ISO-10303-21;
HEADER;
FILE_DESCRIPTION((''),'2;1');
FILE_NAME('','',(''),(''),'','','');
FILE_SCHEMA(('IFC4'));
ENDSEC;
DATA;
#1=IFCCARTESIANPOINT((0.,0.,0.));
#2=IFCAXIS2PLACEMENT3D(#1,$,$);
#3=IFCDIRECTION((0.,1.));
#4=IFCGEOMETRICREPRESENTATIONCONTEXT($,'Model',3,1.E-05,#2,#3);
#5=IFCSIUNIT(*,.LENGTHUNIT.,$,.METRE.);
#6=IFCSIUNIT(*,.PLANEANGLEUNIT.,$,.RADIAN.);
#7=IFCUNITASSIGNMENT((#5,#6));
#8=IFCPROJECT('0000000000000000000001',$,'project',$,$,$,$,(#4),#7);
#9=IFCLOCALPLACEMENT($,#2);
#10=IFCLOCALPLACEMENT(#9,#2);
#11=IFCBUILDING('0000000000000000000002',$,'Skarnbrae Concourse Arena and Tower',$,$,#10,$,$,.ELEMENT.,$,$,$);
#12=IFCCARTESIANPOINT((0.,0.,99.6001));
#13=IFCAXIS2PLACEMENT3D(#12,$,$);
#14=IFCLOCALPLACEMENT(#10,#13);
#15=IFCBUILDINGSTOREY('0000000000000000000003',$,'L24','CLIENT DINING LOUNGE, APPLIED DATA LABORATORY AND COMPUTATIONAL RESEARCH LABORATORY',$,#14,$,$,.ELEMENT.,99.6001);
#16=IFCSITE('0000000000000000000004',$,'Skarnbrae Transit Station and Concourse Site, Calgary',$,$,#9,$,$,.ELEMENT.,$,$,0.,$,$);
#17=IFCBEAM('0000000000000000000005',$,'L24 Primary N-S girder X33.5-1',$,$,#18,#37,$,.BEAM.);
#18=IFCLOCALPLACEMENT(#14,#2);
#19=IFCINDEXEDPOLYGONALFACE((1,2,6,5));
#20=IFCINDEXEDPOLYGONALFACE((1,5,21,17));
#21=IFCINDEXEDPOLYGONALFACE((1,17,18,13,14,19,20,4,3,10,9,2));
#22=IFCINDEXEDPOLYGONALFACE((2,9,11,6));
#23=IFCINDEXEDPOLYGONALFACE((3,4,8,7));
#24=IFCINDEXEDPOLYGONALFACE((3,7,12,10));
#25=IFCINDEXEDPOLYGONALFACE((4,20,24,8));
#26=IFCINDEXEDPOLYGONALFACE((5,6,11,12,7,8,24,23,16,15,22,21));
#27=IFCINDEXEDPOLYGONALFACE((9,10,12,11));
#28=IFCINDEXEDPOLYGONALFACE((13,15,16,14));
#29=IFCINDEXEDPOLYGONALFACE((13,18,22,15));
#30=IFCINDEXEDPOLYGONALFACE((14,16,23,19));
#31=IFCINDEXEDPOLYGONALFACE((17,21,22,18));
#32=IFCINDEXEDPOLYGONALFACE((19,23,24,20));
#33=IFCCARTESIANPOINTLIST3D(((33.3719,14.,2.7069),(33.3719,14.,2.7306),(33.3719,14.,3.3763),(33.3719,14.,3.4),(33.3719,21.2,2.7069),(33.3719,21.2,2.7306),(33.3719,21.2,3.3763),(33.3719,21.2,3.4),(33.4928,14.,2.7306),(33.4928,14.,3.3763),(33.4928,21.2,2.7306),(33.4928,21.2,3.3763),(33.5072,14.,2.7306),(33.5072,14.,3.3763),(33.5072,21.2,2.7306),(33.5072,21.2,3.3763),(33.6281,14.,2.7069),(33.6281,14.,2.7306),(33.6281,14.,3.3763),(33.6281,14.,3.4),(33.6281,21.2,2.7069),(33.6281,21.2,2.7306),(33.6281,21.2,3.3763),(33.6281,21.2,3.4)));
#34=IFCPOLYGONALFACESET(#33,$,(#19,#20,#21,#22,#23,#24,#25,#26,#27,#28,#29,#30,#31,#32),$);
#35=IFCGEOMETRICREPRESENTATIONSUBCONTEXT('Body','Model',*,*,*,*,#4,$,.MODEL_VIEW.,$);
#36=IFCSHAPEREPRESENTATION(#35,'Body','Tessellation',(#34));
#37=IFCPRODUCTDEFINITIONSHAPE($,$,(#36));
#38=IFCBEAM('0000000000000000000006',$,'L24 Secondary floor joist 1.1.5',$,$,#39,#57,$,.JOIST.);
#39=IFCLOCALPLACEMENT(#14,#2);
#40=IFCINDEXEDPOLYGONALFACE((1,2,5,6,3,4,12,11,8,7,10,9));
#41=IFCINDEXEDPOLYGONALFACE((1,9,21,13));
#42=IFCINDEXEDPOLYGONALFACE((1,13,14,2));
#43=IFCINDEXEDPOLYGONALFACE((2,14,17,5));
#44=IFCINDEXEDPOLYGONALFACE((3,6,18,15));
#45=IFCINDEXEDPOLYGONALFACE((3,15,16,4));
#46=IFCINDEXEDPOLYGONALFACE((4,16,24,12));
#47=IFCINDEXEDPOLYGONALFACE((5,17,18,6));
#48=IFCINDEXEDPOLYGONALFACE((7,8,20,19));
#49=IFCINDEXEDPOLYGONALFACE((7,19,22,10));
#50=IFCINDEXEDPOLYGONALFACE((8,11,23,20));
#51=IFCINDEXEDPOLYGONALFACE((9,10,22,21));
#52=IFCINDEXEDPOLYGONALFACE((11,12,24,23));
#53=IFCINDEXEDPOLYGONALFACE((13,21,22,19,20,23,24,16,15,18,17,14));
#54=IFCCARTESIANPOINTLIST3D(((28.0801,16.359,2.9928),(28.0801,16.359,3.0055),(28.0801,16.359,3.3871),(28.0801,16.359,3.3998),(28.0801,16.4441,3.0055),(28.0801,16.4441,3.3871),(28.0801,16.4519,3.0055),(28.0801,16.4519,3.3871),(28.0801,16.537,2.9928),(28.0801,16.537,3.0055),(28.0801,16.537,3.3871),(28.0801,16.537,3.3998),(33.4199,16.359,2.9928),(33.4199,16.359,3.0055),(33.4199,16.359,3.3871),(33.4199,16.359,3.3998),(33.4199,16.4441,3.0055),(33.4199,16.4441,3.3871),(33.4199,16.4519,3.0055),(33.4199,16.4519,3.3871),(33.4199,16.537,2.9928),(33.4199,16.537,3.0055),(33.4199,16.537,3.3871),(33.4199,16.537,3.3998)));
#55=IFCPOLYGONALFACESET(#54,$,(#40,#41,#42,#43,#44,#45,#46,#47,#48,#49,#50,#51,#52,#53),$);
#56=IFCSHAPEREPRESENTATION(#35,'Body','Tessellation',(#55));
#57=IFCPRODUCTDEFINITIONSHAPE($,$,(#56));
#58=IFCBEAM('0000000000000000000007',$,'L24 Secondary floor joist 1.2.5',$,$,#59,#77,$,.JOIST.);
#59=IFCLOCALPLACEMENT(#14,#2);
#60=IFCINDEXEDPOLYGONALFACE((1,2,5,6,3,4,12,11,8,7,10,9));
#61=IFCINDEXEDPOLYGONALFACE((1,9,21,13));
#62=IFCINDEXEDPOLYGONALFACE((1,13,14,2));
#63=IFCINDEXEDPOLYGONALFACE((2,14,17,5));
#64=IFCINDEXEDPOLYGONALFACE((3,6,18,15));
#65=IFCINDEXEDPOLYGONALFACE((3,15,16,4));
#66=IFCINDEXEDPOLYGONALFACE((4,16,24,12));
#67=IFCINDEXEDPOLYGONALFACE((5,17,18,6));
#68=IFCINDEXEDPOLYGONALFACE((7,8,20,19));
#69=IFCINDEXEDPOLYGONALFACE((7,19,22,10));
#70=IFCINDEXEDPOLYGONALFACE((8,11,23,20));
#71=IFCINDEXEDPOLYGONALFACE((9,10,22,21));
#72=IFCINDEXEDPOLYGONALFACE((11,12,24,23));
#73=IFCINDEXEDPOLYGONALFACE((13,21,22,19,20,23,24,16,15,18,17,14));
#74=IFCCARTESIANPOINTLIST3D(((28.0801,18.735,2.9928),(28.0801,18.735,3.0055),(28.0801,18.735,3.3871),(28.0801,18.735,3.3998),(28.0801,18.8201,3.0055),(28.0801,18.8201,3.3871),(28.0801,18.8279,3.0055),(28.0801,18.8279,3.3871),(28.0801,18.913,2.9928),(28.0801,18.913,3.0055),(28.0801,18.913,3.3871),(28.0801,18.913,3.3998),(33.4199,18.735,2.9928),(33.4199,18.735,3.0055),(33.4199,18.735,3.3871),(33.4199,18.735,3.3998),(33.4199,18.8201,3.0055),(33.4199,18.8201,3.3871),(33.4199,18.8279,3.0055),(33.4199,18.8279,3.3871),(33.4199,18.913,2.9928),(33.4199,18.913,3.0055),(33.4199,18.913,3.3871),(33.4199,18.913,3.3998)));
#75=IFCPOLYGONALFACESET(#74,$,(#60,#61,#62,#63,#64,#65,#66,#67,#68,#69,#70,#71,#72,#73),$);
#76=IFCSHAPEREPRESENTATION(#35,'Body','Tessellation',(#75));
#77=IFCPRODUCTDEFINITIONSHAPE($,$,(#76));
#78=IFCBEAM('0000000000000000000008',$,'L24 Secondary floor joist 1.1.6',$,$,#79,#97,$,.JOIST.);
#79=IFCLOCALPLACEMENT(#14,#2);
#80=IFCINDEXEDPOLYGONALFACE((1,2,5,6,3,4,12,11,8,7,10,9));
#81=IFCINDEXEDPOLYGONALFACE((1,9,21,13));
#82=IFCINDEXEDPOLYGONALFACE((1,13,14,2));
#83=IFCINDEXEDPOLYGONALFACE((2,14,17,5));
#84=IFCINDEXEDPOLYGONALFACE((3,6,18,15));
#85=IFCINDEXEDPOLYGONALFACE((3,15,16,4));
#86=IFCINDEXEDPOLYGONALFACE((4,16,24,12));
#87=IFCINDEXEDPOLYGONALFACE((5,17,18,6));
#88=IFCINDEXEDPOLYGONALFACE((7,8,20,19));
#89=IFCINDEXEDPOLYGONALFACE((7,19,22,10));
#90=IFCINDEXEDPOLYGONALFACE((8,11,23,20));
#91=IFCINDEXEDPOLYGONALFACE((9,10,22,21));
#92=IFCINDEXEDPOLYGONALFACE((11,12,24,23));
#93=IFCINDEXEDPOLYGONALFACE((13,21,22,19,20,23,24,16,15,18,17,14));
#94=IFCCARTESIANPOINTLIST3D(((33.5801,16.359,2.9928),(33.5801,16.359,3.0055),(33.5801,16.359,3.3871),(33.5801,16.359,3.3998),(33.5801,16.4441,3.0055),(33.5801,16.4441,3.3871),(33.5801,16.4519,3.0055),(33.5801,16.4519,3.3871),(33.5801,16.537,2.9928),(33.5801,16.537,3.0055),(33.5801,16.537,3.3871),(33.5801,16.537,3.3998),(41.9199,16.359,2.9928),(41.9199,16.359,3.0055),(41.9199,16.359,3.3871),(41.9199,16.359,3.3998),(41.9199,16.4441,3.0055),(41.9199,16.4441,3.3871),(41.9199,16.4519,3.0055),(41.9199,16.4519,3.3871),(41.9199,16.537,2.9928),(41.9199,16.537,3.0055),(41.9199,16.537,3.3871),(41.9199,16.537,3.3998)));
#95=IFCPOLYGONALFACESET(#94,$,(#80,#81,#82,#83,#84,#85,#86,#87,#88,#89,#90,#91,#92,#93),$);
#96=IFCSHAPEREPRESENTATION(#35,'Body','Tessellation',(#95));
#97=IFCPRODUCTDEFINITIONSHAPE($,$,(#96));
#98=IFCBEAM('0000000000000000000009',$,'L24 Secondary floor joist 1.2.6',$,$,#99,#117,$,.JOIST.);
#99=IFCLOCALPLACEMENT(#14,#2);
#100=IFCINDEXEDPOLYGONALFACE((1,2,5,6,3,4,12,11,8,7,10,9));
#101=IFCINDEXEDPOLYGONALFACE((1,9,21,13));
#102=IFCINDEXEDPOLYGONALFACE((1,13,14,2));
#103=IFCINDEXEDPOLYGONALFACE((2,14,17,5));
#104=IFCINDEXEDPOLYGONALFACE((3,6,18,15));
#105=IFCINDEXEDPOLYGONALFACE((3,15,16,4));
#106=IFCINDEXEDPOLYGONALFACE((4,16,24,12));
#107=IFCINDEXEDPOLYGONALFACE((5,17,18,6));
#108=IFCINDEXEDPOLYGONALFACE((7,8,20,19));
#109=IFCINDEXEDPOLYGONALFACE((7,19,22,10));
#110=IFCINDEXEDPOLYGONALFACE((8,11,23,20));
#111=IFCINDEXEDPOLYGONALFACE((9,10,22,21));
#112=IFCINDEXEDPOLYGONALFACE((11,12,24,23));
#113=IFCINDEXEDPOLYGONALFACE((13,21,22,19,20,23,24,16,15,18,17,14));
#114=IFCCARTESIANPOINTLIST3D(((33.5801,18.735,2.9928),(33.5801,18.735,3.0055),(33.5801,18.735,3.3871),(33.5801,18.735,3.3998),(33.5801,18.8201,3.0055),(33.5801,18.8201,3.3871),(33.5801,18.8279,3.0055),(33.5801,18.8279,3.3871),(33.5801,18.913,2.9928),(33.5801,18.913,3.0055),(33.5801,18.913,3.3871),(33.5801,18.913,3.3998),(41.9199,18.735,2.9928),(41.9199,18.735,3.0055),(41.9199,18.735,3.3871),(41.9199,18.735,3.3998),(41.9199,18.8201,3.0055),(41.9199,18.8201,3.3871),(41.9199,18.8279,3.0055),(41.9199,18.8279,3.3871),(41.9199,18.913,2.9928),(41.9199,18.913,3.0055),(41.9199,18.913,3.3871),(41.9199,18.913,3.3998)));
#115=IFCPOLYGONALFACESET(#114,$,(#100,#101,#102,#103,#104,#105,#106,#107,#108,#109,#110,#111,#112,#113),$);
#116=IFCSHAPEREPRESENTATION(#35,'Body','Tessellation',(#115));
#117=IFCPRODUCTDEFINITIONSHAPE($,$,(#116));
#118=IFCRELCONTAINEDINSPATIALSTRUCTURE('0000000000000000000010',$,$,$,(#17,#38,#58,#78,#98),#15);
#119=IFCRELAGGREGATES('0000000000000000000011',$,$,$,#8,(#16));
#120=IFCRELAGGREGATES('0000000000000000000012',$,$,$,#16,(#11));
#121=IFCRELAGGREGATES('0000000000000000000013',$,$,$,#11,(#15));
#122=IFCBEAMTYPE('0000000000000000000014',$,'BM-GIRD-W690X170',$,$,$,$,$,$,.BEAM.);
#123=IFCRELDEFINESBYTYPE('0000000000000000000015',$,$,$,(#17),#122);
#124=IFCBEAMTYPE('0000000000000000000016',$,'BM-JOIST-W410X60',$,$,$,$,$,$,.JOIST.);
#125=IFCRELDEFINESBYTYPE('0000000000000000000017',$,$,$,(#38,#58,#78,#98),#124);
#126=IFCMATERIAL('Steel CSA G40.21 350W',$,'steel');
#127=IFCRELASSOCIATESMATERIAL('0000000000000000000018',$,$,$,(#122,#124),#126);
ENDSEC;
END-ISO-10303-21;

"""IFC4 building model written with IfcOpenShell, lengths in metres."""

from ifc_helpers import new_model, si_unit, direction, frame, origin, origin_2d, place, context, subcontext, project, spatial, i_section, extrude, source, transform, mapped, material, material_profile, profile_set, type_object, element, save


model = new_model("IFC4")

# Units and contexts
model_context = context("Model", 3, precision=1e-05, world=origin(), true_north=direction((0.0, 1.0)))
body_context = subcontext(model_context, "Body", "Model", "MODEL_VIEW")
ifc_project = project(units=[si_unit("LENGTHUNIT", "METRE"), si_unit("PLANEANGLEUNIT", "RADIAN")], contexts=[model_context])

# Site, building, storey
site_placement = place(None, origin())
site = spatial("IfcSite", under=ifc_project, at=site_placement, Name="Skarnbrae Transit Station and Concourse Site, Calgary", CompositionType="ELEMENT", RefElevation=0.0)
building_placement = place(site_placement, origin())
building = spatial("IfcBuilding", under=site, at=building_placement, Name="Skarnbrae Concourse Arena and Tower", CompositionType="ELEMENT")
storey_placement = place(building_placement, frame((0.0, 0.0, 99.6001)))
storey = spatial("IfcBuildingStorey", under=building, at=storey_placement, Name="L24", Description="CLIENT DINING LOUNGE, APPLIED DATA LABORATORY AND COMPUTATIONAL RESEARCH LABORATORY", CompositionType="ELEMENT", Elevation=99.6001)

# Shared definitions
ifc_material_1 = material(Name="Steel CSA G40.21 350W", Category="steel")

# Beams
ifc_material_profile_1 = material_profile(ifc_material_1, i_section(OverallWidth=0.2561, OverallDepth=0.6931, WebThickness=0.0144, FlangeThickness=0.0237, at=origin_2d()), Name="W690X170")
ifc_profile_set_1 = profile_set([ifc_material_profile_1], Name="Steel CSA G40.21 350W")
beam_type_1 = type_object("IfcBeamType", Name="BM-GIRD-W690X170", PredefinedType="BEAM", material=ifc_profile_set_1)
shared_shape_1 = source(origin(), body_context, "Body", "SweptSolid", [
    extrude(i_section(OverallWidth=0.2561, OverallDepth=0.6931, WebThickness=0.0144, FlangeThickness=0.0237, at=origin_2d()), origin(), (0.0, 0.0, 1.0), 7.2),
])
for number, where, z_axis, x_axis, name in (
    (1, (33.5, 14.0, 3.0535), (0.0, 1.0, 0.0), (-1.0, 0.0, 0.0), "L24 Primary N-S girder X33.5-1"),
):
    element("IfcBeam", number, at=place(storey_placement, frame(where, z_axis=z_axis, x_axis=x_axis)), inside=storey, type_object=beam_type_1, Name=name, PredefinedType="BEAM", context=body_context, shape_type="MappedRepresentation", body=[
        mapped(shared_shape_1, transform((0.0, 0.0, 0.0))),
    ])
ifc_material_profile_2 = material_profile(ifc_material_1, i_section(OverallWidth=0.178, OverallDepth=0.407, WebThickness=0.0078, FlangeThickness=0.0127, at=origin_2d()), Name="W410X60")
ifc_profile_set_2 = profile_set([ifc_material_profile_2], Name="Steel CSA G40.21 350W")
beam_type_2 = type_object("IfcBeamType", Name="BM-JOIST-W410X60", PredefinedType="JOIST", material=ifc_profile_set_2)
shared_shape_2 = source(origin(), body_context, "Body", "SweptSolid", [
    extrude(i_section(OverallWidth=0.178, OverallDepth=0.407, WebThickness=0.0078, FlangeThickness=0.0127, at=origin_2d()), origin(), (0.0, 0.0, 1.0), 5.3398),
])
for number, where, z_axis, x_axis, name in (
    (2, (28.0801, 16.448, 3.1963), (1.0, 0.0, 0.0), (0.0, 1.0, 0.0), "L24 Secondary floor joist 1.1.5"),
    (3, (28.0801, 18.824, 3.1963), (1.0, 0.0, 0.0), (0.0, 1.0, 0.0), "L24 Secondary floor joist 1.2.5"),
):
    element("IfcBeam", number, at=place(storey_placement, frame(where, z_axis=z_axis, x_axis=x_axis)), inside=storey, type_object=beam_type_2, Name=name, PredefinedType="JOIST", context=body_context, shape_type="MappedRepresentation", body=[
        mapped(shared_shape_2, transform((0.0, 0.0, 0.0))),
    ])
shared_shape_3 = source(origin(), body_context, "Body", "SweptSolid", [
    extrude(i_section(OverallWidth=0.178, OverallDepth=0.407, WebThickness=0.0078, FlangeThickness=0.0127, at=origin_2d()), origin(), (0.0, 0.0, 1.0), 8.3398),
])
for number, where, z_axis, x_axis, name in (
    (4, (33.5801, 16.448, 3.1963), (1.0, 0.0, 0.0), (0.0, 1.0, 0.0), "L24 Secondary floor joist 1.1.6"),
    (5, (33.5801, 18.824, 3.1963), (1.0, 0.0, 0.0), (0.0, 1.0, 0.0), "L24 Secondary floor joist 1.2.6"),
):
    element("IfcBeam", number, at=place(storey_placement, frame(where, z_axis=z_axis, x_axis=x_axis)), inside=storey, type_object=beam_type_2, Name=name, PredefinedType="JOIST", context=body_context, shape_type="MappedRepresentation", body=[
        mapped(shared_shape_3, transform((0.0, 0.0, 0.0))),
    ])

save(model, "model.ifc")
